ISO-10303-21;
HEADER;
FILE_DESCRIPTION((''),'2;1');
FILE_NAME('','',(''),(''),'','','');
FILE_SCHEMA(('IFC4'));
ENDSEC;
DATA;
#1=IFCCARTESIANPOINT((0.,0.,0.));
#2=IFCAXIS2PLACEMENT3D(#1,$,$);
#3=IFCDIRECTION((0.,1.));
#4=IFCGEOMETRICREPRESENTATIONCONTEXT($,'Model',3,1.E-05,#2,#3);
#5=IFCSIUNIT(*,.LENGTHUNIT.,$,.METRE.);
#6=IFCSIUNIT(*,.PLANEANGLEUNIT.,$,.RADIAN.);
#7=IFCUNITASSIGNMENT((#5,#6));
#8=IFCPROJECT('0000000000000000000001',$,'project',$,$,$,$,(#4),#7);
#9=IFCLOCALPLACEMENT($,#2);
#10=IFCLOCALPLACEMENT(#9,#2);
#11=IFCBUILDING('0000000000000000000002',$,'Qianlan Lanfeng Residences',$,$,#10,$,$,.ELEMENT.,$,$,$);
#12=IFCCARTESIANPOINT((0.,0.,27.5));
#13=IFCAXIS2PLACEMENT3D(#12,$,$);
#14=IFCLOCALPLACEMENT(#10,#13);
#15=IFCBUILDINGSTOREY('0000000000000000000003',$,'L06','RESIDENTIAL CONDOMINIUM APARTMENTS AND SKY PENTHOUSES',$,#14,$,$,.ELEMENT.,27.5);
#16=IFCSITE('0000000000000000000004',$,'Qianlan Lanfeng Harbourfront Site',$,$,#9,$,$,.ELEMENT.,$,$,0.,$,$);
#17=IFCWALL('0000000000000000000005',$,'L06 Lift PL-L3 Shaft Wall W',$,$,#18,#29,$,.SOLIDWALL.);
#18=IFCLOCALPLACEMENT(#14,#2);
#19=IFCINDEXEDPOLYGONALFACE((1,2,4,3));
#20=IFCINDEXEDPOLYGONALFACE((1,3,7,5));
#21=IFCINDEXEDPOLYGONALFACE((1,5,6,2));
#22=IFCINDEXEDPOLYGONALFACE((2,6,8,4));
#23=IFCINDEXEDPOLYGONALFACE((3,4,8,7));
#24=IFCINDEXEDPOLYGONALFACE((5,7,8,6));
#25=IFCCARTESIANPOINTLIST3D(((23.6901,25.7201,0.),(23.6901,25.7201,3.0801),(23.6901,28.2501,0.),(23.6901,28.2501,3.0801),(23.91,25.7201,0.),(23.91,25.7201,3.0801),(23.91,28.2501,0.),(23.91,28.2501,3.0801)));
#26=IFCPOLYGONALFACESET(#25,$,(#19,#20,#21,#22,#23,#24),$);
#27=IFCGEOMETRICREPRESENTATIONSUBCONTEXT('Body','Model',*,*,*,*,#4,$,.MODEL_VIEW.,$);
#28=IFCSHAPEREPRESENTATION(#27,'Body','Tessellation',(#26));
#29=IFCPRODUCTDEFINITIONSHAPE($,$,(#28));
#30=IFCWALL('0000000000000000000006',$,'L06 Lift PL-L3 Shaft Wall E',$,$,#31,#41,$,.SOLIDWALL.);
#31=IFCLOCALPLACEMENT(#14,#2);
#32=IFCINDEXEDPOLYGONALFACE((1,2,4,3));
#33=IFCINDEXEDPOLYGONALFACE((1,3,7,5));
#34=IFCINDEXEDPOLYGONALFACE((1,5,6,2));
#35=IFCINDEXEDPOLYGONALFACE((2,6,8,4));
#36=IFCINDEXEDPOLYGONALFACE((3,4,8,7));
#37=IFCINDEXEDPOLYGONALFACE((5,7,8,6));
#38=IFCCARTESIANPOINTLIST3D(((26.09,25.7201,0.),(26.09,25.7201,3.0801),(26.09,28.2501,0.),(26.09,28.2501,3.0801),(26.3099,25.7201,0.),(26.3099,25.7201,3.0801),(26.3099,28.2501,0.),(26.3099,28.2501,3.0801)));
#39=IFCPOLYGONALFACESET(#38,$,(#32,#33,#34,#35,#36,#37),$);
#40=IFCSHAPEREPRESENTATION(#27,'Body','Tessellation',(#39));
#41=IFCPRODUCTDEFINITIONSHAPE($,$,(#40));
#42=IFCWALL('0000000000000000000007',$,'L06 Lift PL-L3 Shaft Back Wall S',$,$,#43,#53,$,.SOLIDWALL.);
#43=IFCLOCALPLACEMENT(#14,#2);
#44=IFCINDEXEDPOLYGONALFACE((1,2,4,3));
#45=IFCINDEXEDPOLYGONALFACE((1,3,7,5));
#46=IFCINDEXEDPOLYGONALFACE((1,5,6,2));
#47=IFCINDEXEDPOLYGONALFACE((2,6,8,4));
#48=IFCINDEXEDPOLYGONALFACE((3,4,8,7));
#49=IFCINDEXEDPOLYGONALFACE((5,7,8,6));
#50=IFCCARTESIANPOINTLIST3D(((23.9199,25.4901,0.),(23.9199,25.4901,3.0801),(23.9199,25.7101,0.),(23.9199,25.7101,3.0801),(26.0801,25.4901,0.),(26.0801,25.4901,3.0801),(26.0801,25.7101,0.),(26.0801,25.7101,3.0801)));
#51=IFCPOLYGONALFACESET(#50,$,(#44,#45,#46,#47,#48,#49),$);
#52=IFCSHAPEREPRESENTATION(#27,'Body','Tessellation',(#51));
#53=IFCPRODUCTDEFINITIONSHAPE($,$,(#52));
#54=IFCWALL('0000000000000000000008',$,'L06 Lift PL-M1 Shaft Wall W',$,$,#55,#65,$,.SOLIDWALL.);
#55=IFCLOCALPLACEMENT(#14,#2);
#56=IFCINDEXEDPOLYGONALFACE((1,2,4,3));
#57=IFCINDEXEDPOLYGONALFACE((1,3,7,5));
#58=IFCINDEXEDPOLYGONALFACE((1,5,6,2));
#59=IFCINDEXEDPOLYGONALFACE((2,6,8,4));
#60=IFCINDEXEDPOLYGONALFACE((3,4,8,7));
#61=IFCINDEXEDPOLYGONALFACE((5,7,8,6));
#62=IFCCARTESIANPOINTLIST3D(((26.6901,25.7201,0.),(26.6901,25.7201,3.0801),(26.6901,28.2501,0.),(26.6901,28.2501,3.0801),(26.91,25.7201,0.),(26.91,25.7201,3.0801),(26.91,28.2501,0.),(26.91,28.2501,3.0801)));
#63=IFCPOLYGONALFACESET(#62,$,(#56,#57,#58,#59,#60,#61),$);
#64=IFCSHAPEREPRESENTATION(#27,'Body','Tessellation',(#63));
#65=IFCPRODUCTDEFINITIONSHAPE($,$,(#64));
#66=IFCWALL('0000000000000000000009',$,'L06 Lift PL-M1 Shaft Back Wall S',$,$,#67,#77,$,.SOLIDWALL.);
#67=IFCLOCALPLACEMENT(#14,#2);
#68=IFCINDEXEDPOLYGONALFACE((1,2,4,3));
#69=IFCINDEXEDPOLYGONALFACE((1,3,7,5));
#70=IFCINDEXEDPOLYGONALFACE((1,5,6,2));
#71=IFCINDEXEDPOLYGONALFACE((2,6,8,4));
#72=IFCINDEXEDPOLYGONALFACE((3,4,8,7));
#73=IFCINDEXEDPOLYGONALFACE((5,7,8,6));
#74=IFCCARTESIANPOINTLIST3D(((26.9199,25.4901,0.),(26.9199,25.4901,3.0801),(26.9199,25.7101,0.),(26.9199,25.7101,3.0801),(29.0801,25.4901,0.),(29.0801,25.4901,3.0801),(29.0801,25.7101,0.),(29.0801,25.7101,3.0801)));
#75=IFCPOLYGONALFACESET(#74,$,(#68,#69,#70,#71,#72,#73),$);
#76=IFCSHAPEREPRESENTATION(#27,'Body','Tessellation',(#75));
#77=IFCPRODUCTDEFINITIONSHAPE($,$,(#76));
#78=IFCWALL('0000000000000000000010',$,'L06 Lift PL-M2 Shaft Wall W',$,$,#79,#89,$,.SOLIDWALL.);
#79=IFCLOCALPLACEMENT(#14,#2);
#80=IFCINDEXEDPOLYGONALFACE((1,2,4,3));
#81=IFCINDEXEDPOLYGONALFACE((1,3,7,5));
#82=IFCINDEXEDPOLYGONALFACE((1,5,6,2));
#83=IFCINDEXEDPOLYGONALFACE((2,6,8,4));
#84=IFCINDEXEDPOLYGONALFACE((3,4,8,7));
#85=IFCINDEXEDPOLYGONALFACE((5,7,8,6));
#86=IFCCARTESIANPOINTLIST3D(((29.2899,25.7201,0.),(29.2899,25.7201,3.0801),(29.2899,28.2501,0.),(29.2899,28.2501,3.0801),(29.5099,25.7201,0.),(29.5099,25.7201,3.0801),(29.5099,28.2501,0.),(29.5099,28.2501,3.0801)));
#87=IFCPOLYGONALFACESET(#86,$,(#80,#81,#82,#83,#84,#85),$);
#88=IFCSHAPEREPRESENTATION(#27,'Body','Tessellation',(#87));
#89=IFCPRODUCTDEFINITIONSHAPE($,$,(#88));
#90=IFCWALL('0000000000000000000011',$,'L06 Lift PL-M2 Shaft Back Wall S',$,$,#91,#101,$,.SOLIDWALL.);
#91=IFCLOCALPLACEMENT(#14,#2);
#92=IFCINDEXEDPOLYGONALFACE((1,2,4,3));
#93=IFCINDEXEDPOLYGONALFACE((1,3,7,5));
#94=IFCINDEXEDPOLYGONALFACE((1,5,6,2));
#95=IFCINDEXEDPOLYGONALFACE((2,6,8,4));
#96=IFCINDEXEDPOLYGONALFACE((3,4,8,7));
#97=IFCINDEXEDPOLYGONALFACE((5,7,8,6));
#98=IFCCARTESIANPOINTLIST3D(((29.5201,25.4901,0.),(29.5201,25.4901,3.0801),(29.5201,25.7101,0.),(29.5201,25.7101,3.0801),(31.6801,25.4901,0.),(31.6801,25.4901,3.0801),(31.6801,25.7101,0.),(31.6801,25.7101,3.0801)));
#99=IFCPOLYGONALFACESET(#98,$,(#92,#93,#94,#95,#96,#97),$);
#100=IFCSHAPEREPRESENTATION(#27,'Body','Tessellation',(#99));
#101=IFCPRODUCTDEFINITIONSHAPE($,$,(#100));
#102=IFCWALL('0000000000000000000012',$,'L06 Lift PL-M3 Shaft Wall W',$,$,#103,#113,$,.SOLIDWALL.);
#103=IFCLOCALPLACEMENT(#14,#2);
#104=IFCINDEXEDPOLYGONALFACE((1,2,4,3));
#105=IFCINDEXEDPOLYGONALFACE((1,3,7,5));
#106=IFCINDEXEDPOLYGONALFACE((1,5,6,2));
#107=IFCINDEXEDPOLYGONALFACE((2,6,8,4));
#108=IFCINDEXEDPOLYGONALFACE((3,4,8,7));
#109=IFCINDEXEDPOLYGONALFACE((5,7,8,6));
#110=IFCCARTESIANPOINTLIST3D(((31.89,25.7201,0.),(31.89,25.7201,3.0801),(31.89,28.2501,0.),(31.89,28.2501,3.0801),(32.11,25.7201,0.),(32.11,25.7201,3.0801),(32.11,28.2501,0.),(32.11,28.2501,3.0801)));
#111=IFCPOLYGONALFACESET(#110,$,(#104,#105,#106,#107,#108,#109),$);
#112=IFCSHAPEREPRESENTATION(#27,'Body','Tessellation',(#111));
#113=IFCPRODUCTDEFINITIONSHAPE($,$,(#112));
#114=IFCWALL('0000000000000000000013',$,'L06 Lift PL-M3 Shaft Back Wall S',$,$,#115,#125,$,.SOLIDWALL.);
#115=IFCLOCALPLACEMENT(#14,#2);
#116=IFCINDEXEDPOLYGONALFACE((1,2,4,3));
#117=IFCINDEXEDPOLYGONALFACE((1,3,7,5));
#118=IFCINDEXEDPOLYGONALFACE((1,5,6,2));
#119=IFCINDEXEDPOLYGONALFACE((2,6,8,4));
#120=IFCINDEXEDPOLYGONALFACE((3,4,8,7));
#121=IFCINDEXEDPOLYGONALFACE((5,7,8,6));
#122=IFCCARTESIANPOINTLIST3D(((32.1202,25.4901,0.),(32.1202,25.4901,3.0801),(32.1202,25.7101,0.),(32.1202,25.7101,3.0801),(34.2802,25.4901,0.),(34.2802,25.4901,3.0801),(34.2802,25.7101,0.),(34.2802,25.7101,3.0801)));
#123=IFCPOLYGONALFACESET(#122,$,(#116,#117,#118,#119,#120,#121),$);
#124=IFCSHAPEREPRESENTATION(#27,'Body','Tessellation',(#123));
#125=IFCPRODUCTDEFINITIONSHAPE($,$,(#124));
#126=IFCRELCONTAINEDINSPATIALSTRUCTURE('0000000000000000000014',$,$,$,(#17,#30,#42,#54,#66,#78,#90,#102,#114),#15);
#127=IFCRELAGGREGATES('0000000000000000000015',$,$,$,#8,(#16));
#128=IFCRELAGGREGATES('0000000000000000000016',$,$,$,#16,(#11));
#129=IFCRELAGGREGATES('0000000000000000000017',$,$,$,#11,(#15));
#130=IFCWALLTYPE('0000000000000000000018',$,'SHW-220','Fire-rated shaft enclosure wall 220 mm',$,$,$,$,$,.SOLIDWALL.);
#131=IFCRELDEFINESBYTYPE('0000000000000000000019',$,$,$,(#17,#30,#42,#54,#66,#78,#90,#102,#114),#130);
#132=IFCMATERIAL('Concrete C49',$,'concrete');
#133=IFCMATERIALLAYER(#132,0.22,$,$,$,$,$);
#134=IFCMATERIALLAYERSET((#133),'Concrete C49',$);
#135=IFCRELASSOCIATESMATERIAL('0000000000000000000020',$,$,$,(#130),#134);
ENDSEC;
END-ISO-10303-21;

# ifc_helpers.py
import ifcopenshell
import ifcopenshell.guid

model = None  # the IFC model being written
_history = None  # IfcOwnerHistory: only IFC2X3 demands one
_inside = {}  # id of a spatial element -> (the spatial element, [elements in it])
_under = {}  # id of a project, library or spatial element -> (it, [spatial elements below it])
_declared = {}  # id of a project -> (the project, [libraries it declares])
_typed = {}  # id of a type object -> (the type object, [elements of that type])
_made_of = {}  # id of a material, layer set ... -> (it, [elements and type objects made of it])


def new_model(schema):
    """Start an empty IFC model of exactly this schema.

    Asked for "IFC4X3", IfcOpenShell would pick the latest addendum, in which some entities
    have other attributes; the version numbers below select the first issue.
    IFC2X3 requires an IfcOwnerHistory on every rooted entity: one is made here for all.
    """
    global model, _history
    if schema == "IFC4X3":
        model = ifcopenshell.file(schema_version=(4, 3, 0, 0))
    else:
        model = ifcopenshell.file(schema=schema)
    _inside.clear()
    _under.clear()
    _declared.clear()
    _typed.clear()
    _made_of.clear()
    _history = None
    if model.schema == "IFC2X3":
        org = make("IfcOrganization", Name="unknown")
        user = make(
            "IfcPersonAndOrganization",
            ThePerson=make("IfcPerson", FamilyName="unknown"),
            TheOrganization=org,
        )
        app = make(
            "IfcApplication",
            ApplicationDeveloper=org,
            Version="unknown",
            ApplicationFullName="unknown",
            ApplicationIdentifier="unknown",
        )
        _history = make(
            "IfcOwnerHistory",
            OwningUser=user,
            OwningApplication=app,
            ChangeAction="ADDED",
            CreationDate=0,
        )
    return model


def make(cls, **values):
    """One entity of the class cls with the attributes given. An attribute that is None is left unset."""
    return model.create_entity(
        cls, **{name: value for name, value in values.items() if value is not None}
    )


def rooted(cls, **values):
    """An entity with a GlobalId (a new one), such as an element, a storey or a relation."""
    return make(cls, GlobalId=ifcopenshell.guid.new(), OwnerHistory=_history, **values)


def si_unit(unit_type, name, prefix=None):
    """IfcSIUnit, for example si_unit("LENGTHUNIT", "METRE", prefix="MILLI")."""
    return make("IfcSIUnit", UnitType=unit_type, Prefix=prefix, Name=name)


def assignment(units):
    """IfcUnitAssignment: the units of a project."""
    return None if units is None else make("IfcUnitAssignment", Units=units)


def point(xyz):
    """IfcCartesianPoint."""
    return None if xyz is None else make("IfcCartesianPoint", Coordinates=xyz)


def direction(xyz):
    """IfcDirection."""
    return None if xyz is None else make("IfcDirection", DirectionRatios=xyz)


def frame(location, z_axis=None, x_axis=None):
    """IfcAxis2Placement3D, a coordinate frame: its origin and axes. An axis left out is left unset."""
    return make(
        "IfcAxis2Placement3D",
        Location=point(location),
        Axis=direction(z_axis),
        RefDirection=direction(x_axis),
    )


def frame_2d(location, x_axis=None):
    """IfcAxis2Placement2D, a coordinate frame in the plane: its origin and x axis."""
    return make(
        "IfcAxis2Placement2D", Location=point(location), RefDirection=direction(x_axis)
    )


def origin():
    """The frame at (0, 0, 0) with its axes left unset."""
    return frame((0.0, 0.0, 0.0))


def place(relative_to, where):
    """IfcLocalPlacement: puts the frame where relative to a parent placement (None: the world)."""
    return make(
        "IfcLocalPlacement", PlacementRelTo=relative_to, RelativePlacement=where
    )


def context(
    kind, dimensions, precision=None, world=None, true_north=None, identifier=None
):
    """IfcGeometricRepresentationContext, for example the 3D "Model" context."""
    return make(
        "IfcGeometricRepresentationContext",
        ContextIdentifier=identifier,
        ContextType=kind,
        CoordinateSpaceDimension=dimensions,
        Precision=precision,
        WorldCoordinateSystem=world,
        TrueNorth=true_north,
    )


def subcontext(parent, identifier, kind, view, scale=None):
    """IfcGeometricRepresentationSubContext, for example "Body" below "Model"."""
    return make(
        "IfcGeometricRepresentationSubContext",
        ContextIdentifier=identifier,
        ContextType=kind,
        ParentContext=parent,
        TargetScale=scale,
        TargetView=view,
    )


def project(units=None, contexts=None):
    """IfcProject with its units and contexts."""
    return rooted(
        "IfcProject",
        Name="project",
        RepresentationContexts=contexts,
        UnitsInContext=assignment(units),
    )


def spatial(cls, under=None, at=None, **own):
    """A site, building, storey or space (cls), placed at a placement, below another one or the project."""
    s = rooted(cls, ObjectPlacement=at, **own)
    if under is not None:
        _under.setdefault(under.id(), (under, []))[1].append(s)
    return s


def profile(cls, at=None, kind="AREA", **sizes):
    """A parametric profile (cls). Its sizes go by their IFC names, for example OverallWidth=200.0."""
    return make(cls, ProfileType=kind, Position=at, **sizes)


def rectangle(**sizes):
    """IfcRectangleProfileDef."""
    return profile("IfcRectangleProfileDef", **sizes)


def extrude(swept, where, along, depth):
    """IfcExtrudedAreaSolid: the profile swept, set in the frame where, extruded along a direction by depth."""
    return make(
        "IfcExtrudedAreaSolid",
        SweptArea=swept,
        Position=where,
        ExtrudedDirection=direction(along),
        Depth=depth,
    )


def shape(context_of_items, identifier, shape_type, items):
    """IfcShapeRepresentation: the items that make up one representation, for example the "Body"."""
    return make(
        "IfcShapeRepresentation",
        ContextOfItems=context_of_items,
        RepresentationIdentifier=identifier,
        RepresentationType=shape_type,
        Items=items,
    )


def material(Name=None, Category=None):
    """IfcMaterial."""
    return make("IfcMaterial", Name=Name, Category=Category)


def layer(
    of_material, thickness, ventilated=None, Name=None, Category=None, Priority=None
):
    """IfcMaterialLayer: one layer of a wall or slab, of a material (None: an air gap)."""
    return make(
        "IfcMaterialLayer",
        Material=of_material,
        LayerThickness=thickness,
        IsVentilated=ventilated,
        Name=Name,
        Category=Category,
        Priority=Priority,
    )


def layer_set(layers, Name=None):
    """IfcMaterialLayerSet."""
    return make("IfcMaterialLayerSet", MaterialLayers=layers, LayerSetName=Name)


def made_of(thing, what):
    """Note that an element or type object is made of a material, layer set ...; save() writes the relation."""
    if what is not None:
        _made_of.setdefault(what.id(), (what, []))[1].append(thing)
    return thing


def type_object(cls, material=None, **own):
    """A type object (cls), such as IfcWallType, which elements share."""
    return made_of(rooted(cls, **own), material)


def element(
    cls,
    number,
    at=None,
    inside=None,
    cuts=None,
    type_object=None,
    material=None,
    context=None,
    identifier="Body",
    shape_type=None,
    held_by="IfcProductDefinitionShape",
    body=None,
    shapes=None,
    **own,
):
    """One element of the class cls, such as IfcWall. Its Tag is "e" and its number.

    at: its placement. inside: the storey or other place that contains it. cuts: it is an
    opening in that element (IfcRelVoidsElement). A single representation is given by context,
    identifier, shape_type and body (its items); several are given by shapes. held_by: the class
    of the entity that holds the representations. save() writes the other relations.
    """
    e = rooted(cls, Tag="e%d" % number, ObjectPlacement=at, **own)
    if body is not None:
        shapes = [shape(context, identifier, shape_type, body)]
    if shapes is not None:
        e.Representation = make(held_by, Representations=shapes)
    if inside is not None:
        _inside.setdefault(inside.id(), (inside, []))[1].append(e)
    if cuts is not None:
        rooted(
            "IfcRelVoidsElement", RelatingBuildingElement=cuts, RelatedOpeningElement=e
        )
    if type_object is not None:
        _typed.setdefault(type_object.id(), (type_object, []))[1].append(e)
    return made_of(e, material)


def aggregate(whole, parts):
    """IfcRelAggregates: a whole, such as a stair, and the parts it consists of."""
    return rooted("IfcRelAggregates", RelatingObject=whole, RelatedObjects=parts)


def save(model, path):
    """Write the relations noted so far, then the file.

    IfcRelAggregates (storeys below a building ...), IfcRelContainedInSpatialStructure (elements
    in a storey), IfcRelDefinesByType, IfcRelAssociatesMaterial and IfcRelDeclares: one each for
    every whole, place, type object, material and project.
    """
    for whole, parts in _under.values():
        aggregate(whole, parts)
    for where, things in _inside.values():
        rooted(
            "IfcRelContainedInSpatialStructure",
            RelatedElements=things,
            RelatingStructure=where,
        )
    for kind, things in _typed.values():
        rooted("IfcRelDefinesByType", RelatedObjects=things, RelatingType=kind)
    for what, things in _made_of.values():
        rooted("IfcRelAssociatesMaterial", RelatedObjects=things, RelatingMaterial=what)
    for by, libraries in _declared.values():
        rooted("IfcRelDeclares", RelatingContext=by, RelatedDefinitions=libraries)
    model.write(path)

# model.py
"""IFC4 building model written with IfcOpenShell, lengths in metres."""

from ifc_helpers import new_model, si_unit, direction, frame, frame_2d, origin, place, context, subcontext, project, spatial, rectangle, extrude, material, layer, layer_set, type_object, element, save


model = new_model("IFC4")

# Units and contexts
model_context = context("Model", 3, precision=1e-05, world=origin(), true_north=direction((0.0, 1.0)))
body_context = subcontext(model_context, "Body", "Model", "MODEL_VIEW")
ifc_project = project(units=[si_unit("LENGTHUNIT", "METRE"), si_unit("PLANEANGLEUNIT", "RADIAN")], contexts=[model_context])

# Site, building, storey
site_placement = place(None, origin())
site = spatial("IfcSite", under=ifc_project, at=site_placement, Name="Qianlan Lanfeng Harbourfront Site", CompositionType="ELEMENT", RefElevation=0.0)
building_placement = place(site_placement, origin())
building = spatial("IfcBuilding", under=site, at=building_placement, Name="Qianlan Lanfeng Residences", CompositionType="ELEMENT")
storey_placement = place(building_placement, frame((0.0, 0.0, 27.5)))
storey = spatial("IfcBuildingStorey", under=building, at=storey_placement, Name="L06", Description="RESIDENTIAL CONDOMINIUM APARTMENTS AND SKY PENTHOUSES", CompositionType="ELEMENT", Elevation=27.5)

# Walls
ifc_material_1 = material(Name="Concrete C49", Category="concrete")
ifc_layer_1 = layer(ifc_material_1, 0.22)
ifc_layer_set_1 = layer_set([ifc_layer_1], Name="Concrete C49")
wall_type_1 = type_object("IfcWallType", Name="SHW-220", Description="Fire-rated shaft enclosure wall 220 mm", PredefinedType="SOLIDWALL", material=ifc_layer_set_1)
for number, where, z_axis, x_axis, name in (
    (1, (23.8, 25.72, 0.0), (0.0, 0.0, 1.0), (0.0, 1.0, 0.0), "L06 Lift PL-L3 Shaft Wall W"),
    (2, (26.2, 25.72, 0.0), (0.0, 0.0, 1.0), (0.0, 1.0, 0.0), "L06 Lift PL-L3 Shaft Wall E"),
):
    element("IfcWall", number, at=place(storey_placement, frame(where, z_axis=z_axis, x_axis=x_axis)), inside=storey, type_object=wall_type_1, Name=name, PredefinedType="SOLIDWALL", context=body_context, shape_type="SweptSolid", body=[
        extrude(rectangle(XDim=2.53, YDim=0.22, at=frame_2d((1.2651, 0.0))), origin(), (0.0, 0.0, 1.0), 3.0801),
    ])
wall_1_placement = place(storey_placement, frame((23.9199, 25.6001, 0.0), z_axis=(0.0, 0.0, 1.0), x_axis=(1.0, 0.0, 0.0)))
element("IfcWall", 3, at=wall_1_placement, inside=storey, type_object=wall_type_1, Name="L06 Lift PL-L3 Shaft Back Wall S", PredefinedType="SOLIDWALL", context=body_context, shape_type="SweptSolid", body=[
    extrude(rectangle(XDim=2.1602, YDim=0.22, at=frame_2d((1.0801, 0.0))), origin(), (0.0, 0.0, 1.0), 3.0801),
])
wall_2_placement = place(storey_placement, frame((26.8, 25.72, 0.0), z_axis=(0.0, 0.0, 1.0), x_axis=(0.0, 1.0, 0.0)))
element("IfcWall", 4, at=wall_2_placement, inside=storey, type_object=wall_type_1, Name="L06 Lift PL-M1 Shaft Wall W", PredefinedType="SOLIDWALL", context=body_context, shape_type="SweptSolid", body=[
    extrude(rectangle(XDim=2.53, YDim=0.22, at=frame_2d((1.2651, 0.0))), origin(), (0.0, 0.0, 1.0), 3.0801),
])
wall_3_placement = place(storey_placement, frame((26.9199, 25.6001, 0.0), z_axis=(0.0, 0.0, 1.0), x_axis=(1.0, 0.0, 0.0)))
element("IfcWall", 5, at=wall_3_placement, inside=storey, type_object=wall_type_1, Name="L06 Lift PL-M1 Shaft Back Wall S", PredefinedType="SOLIDWALL", context=body_context, shape_type="SweptSolid", body=[
    extrude(rectangle(XDim=2.1602, YDim=0.22, at=frame_2d((1.0801, 0.0))), origin(), (0.0, 0.0, 1.0), 3.0801),
])
wall_4_placement = place(storey_placement, frame((29.3999, 25.72, 0.0), z_axis=(0.0, 0.0, 1.0), x_axis=(0.0, 1.0, 0.0)))
element("IfcWall", 6, at=wall_4_placement, inside=storey, type_object=wall_type_1, Name="L06 Lift PL-M2 Shaft Wall W", PredefinedType="SOLIDWALL", context=body_context, shape_type="SweptSolid", body=[
    extrude(rectangle(XDim=2.53, YDim=0.22, at=frame_2d((1.2651, 0.0))), origin(), (0.0, 0.0, 1.0), 3.0801),
])
wall_5_placement = place(storey_placement, frame((29.52, 25.6001, 0.0), z_axis=(0.0, 0.0, 1.0), x_axis=(1.0, 0.0, 0.0)))
element("IfcWall", 7, at=wall_5_placement, inside=storey, type_object=wall_type_1, Name="L06 Lift PL-M2 Shaft Back Wall S", PredefinedType="SOLIDWALL", context=body_context, shape_type="SweptSolid", body=[
    extrude(rectangle(XDim=2.1599, YDim=0.22, at=frame_2d((1.0801, 0.0))), origin(), (0.0, 0.0, 1.0), 3.0801),
])
wall_6_placement = place(storey_placement, frame((32.0, 25.72, 0.0), z_axis=(0.0, 0.0, 1.0), x_axis=(0.0, 1.0, 0.0)))
element("IfcWall", 8, at=wall_6_placement, inside=storey, type_object=wall_type_1, Name="L06 Lift PL-M3 Shaft Wall W", PredefinedType="SOLIDWALL", context=body_context, shape_type="SweptSolid", body=[
    extrude(rectangle(XDim=2.53, YDim=0.22, at=frame_2d((1.2651, 0.0))), origin(), (0.0, 0.0, 1.0), 3.0801),
])
wall_7_placement = place(storey_placement, frame((32.1201, 25.6001, 0.0), z_axis=(0.0, 0.0, 1.0), x_axis=(1.0, 0.0, 0.0)))
element("IfcWall", 9, at=wall_7_placement, inside=storey, type_object=wall_type_1, Name="L06 Lift PL-M3 Shaft Back Wall S", PredefinedType="SOLIDWALL", context=body_context, shape_type="SweptSolid", body=[
    extrude(rectangle(XDim=2.1599, YDim=0.22, at=frame_2d((1.0801, 0.0))), origin(), (0.0, 0.0, 1.0), 3.0801),
])

save(model, "model.ifc")
